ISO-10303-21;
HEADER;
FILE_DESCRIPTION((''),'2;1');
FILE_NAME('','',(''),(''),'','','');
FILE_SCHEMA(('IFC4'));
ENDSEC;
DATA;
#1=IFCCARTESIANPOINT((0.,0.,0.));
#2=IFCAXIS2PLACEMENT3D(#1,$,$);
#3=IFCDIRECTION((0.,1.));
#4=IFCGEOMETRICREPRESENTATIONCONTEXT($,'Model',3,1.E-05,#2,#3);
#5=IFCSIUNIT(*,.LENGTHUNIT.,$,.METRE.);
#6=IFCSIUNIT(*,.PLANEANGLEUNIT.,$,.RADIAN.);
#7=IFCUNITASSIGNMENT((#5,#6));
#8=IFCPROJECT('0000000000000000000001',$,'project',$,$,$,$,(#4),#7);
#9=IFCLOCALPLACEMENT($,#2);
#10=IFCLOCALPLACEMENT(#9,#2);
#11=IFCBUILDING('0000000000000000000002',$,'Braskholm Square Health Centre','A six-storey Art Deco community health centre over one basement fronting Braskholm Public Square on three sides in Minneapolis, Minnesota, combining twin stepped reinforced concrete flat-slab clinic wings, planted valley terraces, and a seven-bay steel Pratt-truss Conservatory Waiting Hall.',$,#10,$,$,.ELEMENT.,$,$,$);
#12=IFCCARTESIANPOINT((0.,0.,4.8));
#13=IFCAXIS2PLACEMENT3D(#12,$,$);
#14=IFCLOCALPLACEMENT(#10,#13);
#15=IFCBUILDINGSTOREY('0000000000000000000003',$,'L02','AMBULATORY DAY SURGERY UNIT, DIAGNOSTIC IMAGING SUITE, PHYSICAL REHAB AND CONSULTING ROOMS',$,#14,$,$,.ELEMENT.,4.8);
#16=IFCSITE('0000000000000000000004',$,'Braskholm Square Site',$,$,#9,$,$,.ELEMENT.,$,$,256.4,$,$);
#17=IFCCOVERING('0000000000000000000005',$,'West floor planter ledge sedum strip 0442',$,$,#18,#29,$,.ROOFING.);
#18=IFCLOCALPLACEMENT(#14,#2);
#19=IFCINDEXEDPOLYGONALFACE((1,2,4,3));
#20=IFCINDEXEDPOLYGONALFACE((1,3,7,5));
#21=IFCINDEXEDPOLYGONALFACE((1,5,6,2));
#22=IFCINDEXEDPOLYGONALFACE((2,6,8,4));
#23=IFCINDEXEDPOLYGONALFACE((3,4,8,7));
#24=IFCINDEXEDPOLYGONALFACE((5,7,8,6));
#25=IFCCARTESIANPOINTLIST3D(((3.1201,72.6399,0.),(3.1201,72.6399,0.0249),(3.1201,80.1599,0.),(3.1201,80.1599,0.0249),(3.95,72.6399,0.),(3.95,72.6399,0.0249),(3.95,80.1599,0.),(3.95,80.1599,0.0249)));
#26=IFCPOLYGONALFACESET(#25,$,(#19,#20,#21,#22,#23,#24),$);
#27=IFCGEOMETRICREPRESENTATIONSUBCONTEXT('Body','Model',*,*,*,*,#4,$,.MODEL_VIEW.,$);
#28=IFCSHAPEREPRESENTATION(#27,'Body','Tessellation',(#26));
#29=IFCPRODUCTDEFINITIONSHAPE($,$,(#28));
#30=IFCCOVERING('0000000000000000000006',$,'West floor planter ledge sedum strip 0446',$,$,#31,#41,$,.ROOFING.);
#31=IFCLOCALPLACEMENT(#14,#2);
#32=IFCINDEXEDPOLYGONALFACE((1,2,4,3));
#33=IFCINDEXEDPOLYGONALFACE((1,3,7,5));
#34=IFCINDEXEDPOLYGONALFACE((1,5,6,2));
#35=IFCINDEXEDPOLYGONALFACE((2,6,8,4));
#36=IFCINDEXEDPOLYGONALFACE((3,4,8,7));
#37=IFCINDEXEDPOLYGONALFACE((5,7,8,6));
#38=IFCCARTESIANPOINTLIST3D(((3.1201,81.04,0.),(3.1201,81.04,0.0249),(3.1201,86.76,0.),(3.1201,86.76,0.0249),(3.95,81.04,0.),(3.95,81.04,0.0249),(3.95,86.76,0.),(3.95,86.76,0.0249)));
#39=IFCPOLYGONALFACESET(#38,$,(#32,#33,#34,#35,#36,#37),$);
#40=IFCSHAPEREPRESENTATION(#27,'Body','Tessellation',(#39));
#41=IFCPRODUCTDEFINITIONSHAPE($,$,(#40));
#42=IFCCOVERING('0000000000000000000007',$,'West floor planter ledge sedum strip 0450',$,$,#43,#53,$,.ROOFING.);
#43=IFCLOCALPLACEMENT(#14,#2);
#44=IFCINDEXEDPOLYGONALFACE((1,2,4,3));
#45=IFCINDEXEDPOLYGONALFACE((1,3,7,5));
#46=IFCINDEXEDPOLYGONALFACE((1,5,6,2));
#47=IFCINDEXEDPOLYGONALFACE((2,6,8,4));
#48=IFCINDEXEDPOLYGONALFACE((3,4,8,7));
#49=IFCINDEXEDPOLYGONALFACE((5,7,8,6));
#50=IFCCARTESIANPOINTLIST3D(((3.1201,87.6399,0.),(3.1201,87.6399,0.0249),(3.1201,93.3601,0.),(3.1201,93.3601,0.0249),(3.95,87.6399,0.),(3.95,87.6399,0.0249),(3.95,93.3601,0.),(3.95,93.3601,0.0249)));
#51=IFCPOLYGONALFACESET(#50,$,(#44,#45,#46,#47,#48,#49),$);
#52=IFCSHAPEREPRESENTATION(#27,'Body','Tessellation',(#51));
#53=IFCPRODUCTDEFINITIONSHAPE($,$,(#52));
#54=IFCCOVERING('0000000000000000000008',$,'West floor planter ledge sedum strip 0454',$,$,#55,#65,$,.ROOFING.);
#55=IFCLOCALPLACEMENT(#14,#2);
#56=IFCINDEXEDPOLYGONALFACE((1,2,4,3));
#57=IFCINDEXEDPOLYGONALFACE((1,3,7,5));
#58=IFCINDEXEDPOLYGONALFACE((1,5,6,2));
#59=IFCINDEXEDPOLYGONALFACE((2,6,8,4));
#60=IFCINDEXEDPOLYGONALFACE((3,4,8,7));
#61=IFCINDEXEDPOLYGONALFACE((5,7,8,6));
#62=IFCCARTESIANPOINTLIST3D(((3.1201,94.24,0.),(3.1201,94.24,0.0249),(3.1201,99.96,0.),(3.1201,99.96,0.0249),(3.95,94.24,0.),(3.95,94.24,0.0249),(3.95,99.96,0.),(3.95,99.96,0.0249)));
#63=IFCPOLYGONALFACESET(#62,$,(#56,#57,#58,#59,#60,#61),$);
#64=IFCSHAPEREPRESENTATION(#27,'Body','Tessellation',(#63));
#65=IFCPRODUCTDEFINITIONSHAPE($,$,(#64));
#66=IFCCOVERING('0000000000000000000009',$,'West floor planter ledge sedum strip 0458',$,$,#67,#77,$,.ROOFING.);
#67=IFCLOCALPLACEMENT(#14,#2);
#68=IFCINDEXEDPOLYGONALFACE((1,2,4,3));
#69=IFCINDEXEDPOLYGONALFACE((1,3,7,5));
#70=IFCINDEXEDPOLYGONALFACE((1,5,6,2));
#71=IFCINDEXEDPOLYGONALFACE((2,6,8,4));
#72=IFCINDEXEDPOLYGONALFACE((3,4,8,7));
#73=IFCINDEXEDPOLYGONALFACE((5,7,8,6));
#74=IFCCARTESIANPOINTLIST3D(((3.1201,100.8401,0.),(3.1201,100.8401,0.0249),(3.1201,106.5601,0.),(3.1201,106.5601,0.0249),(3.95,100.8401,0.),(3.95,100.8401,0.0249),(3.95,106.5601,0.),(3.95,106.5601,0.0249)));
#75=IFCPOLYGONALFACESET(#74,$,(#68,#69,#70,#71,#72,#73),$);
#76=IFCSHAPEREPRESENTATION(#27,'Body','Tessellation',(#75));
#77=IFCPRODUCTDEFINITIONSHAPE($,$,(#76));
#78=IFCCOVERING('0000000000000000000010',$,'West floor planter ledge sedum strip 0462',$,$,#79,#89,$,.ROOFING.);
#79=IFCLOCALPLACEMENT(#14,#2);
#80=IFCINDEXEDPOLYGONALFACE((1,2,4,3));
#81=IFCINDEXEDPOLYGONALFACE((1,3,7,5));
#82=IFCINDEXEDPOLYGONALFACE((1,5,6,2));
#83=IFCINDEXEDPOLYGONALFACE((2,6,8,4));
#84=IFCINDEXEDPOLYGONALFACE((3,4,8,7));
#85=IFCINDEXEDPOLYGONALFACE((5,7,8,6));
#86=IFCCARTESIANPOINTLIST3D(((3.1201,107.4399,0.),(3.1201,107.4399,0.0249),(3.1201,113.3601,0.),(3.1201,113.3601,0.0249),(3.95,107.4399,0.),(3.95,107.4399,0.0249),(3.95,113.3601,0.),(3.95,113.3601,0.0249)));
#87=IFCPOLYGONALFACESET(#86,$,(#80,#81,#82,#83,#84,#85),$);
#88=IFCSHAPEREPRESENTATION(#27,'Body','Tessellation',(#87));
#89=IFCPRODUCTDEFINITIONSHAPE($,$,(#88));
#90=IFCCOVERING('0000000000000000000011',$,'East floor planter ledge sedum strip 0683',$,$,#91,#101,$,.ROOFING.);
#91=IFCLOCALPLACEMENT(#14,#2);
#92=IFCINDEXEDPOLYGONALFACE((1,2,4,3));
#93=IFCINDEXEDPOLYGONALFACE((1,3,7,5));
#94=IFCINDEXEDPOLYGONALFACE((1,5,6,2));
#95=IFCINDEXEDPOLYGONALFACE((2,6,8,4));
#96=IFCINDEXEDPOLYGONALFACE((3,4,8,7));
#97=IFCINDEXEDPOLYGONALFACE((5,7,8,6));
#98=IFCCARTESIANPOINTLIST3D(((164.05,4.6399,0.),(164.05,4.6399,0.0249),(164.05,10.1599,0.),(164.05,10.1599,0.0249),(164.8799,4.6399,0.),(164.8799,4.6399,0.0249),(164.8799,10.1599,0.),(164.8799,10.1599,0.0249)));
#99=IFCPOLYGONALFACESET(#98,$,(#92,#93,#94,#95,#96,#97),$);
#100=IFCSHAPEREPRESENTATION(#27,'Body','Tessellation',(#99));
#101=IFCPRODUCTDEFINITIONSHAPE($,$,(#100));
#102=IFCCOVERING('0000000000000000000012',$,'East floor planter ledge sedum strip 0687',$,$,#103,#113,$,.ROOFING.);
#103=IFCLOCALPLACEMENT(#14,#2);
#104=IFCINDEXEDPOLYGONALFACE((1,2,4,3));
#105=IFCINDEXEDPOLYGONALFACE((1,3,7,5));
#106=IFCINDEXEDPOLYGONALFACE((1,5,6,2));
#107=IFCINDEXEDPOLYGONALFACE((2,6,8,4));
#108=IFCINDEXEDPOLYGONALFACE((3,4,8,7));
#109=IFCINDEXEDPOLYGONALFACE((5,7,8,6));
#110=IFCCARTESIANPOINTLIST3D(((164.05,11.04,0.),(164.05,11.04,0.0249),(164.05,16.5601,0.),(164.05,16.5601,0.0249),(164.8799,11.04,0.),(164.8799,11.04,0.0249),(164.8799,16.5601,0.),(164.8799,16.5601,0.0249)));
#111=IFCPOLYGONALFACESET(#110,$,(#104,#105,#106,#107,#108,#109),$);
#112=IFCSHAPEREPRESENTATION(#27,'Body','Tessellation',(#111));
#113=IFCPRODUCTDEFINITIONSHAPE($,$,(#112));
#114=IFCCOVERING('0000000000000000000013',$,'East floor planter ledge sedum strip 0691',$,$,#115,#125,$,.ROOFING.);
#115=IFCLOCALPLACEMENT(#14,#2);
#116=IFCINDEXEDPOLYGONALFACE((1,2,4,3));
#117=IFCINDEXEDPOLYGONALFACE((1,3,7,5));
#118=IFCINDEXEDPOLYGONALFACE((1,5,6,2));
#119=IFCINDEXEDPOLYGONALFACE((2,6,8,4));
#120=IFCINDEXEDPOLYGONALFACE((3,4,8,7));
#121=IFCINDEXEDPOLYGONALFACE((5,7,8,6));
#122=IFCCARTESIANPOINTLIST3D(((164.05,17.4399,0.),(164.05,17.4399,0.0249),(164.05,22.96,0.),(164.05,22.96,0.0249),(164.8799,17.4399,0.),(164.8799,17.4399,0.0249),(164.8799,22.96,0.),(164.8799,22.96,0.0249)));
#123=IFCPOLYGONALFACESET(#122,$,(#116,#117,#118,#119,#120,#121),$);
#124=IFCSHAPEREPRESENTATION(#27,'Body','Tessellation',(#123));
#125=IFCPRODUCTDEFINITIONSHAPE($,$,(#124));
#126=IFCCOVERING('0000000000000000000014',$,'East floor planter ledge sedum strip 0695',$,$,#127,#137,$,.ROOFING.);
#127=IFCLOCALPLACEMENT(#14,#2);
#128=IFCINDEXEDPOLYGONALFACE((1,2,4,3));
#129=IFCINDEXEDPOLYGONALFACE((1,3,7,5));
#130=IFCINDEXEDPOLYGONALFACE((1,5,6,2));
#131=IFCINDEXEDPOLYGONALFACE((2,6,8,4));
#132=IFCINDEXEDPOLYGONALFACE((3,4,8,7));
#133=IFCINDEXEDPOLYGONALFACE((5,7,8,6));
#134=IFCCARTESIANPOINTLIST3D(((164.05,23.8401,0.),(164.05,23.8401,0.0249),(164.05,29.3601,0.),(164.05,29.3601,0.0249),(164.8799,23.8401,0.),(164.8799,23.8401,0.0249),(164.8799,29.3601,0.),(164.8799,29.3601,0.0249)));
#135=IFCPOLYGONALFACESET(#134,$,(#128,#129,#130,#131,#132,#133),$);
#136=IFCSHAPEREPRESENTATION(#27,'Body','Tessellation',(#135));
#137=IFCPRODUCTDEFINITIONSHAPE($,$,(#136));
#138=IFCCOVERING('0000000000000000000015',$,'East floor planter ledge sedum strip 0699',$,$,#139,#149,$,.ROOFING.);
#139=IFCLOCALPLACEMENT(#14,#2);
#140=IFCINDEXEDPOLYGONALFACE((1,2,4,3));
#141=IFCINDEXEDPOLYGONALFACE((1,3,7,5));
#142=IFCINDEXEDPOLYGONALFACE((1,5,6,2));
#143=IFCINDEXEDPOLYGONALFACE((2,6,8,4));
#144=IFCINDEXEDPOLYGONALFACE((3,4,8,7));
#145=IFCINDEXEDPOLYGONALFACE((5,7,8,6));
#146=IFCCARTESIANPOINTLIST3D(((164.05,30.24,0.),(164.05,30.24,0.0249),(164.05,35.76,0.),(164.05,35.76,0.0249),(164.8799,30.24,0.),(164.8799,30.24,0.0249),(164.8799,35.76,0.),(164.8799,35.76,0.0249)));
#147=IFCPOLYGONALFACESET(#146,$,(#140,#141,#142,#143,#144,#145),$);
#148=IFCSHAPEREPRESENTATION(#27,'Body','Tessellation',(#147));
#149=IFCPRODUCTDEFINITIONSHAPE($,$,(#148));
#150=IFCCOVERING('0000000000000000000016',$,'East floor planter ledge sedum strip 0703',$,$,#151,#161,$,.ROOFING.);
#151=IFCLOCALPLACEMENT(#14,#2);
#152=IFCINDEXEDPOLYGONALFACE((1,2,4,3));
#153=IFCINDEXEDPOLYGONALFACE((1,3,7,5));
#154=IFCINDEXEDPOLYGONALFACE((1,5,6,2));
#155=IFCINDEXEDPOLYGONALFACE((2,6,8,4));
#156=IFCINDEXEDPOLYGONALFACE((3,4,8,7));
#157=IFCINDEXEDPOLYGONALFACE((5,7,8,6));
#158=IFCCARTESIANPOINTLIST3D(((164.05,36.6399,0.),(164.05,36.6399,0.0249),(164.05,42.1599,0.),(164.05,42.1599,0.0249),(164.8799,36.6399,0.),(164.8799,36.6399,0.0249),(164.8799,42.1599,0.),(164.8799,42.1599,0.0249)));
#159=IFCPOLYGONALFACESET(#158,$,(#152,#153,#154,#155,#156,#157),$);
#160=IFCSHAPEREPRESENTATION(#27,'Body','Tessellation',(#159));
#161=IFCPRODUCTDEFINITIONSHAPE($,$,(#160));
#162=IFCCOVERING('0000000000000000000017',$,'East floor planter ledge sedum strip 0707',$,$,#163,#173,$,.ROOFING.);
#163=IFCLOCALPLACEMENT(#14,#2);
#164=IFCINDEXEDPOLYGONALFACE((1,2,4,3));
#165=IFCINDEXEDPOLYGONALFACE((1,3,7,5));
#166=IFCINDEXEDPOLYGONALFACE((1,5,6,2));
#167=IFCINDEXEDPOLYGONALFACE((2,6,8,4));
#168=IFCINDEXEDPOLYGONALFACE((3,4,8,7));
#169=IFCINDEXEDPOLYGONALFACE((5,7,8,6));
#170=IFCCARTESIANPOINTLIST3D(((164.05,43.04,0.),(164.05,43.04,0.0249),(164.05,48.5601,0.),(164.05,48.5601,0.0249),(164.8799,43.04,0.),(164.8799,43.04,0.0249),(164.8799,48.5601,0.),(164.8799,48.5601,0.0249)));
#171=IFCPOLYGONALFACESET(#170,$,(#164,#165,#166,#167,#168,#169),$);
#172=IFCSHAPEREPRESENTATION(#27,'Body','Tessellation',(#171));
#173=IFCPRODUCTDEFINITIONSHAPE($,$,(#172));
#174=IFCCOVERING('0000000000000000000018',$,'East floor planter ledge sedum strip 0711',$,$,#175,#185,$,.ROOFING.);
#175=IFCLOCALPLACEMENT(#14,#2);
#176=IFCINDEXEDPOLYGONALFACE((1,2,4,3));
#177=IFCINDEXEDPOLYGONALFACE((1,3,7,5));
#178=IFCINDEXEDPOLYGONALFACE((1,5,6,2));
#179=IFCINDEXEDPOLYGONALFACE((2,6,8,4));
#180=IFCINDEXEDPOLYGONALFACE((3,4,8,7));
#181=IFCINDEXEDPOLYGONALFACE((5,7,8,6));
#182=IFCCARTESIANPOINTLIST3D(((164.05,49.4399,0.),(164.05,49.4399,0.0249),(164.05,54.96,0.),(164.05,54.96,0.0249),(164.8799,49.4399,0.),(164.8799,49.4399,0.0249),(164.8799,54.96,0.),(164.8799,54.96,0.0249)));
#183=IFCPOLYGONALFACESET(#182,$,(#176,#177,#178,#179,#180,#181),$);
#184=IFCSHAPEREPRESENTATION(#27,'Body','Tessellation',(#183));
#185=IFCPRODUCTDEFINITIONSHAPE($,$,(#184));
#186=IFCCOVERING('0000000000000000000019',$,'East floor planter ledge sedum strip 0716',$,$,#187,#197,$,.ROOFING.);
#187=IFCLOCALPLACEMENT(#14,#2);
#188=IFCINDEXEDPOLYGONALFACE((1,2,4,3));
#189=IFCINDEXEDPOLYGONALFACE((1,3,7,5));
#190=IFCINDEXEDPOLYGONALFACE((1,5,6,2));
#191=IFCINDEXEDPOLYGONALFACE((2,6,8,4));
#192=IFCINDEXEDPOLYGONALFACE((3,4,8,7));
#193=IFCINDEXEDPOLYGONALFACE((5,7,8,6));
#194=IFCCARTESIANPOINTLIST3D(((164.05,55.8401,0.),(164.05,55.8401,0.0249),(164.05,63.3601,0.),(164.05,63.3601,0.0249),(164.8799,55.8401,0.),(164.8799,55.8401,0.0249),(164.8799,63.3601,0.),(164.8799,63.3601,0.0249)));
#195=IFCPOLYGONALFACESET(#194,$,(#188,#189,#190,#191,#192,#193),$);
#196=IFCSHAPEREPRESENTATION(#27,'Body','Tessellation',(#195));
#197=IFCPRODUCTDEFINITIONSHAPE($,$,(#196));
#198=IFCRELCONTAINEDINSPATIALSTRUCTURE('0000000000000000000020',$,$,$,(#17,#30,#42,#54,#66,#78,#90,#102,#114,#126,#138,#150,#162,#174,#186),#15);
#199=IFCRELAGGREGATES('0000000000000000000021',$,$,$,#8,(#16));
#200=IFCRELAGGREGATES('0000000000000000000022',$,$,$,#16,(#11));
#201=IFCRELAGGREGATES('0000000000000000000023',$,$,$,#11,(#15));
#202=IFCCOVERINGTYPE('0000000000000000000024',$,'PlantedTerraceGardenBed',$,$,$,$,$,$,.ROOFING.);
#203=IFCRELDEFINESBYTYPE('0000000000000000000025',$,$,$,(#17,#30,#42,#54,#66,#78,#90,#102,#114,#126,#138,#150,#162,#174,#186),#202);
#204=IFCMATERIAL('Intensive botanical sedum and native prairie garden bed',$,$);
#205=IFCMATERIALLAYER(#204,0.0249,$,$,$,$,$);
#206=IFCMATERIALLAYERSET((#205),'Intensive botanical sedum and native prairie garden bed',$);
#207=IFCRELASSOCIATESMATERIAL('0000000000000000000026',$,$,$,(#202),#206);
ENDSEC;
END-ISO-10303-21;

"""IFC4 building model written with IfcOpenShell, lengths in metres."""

from ifc_helpers import new_model, si_unit, direction, frame, origin, place, context, subcontext, project, spatial, polyline, outline, extrude, material, layer, layer_set, type_object, element, save


model = new_model("IFC4")

# Units and contexts
model_context = context("Model", 3, precision=1e-05, world=origin(), true_north=direction((0.0, 1.0)))
body_context = subcontext(model_context, "Body", "Model", "MODEL_VIEW")
ifc_project = project(units=[si_unit("LENGTHUNIT", "METRE"), si_unit("PLANEANGLEUNIT", "RADIAN")], contexts=[model_context])

# Site, building, storey
site_placement = place(None, origin())
site = spatial("IfcSite", under=ifc_project, at=site_placement, Name="Braskholm Square Site", CompositionType="ELEMENT", RefElevation=256.4)
building_placement = place(site_placement, origin())
building = spatial("IfcBuilding", under=site, at=building_placement, Name="Braskholm Square Health Centre", Description="A six-storey Art Deco community health centre over one basement fronting Braskholm Public Square on three sides in Minneapolis, Minnesota, combining twin stepped reinforced concrete flat-slab clinic wings, planted valley terraces, and a seven-bay steel Pratt-truss Conservatory Waiting Hall.", CompositionType="ELEMENT")
storey_placement = place(building_placement, frame((0.0, 0.0, 4.8)))
storey = spatial("IfcBuildingStorey", under=building, at=storey_placement, Name="L02", Description="AMBULATORY DAY SURGERY UNIT, DIAGNOSTIC IMAGING SUITE, PHYSICAL REHAB AND CONSULTING ROOMS", CompositionType="ELEMENT", Elevation=4.8)

# Coverings
ifc_material_1 = material(Name="Intensive botanical sedum and native prairie garden bed")
ifc_layer_1 = layer(ifc_material_1, 0.0249)
ifc_layer_set_1 = layer_set([ifc_layer_1], Name="Intensive botanical sedum and native prairie garden bed")
covering_type_1 = type_object("IfcCoveringType", Name="PlantedTerraceGardenBed", PredefinedType="ROOFING", material=ifc_layer_set_1)
covering_1_placement = place(storey_placement, origin())
element("IfcCovering", 1, at=covering_1_placement, inside=storey, type_object=covering_type_1, Name="West floor planter ledge sedum strip 0442", PredefinedType="ROOFING", context=body_context, shape_type="SweptSolid", body=[
    extrude(outline(polyline([(3.1201, 72.6399), (3.95, 72.6399), (3.95, 80.1599), (3.1201, 80.1599), (3.1201, 72.6399)])), origin(), (0.0, 0.0, 1.0), 0.0249),
])
covering_2_placement = place(storey_placement, origin())
element("IfcCovering", 2, at=covering_2_placement, inside=storey, type_object=covering_type_1, Name="West floor planter ledge sedum strip 0446", PredefinedType="ROOFING", context=body_context, shape_type="SweptSolid", body=[
    extrude(outline(polyline([(3.1201, 81.04), (3.95, 81.04), (3.95, 86.76), (3.1201, 86.76), (3.1201, 81.04)])), origin(), (0.0, 0.0, 1.0), 0.0249),
])
covering_3_placement = place(storey_placement, origin())
element("IfcCovering", 3, at=covering_3_placement, inside=storey, type_object=covering_type_1, Name="West floor planter ledge sedum strip 0450", PredefinedType="ROOFING", context=body_context, shape_type="SweptSolid", body=[
    extrude(outline(polyline([(3.1201, 87.6399), (3.95, 87.6399), (3.95, 93.3601), (3.1201, 93.3601), (3.1201, 87.6399)])), origin(), (0.0, 0.0, 1.0), 0.0249),
])
covering_4_placement = place(storey_placement, origin())
element("IfcCovering", 4, at=covering_4_placement, inside=storey, type_object=covering_type_1, Name="West floor planter ledge sedum strip 0454", PredefinedType="ROOFING", context=body_context, shape_type="SweptSolid", body=[
    extrude(outline(polyline([(3.1201, 94.24), (3.95, 94.24), (3.95, 99.96), (3.1201, 99.96), (3.1201, 94.24)])), origin(), (0.0, 0.0, 1.0), 0.0249),
])
covering_5_placement = place(storey_placement, origin())
element("IfcCovering", 5, at=covering_5_placement, inside=storey, type_object=covering_type_1, Name="West floor planter ledge sedum strip 0458", PredefinedType="ROOFING", context=body_context, shape_type="SweptSolid", body=[
    extrude(outline(polyline([(3.1201, 100.8401), (3.95, 100.8401), (3.95, 106.5601), (3.1201, 106.5601), (3.1201, 100.8401)])), origin(), (0.0, 0.0, 1.0), 0.0249),
])
covering_6_placement = place(storey_placement, origin())
element("IfcCovering", 6, at=covering_6_placement, inside=storey, type_object=covering_type_1, Name="West floor planter ledge sedum strip 0462", PredefinedType="ROOFING", context=body_context, shape_type="SweptSolid", body=[
    extrude(outline(polyline([(3.1201, 107.4399), (3.95, 107.4399), (3.95, 113.3601), (3.1201, 113.3601), (3.1201, 107.4399)])), origin(), (0.0, 0.0, 1.0), 0.0249),
])
covering_7_placement = place(storey_placement, origin())
element("IfcCovering", 7, at=covering_7_placement, inside=storey, type_object=covering_type_1, Name="East floor planter ledge sedum strip 0683", PredefinedType="ROOFING", context=body_context, shape_type="SweptSolid", body=[
    extrude(outline(polyline([(164.05, 4.6399), (164.8799, 4.6399), (164.8799, 10.1599), (164.05, 10.1599), (164.05, 4.6399)])), origin(), (0.0, 0.0, 1.0), 0.0249),
])
covering_8_placement = place(storey_placement, origin())
element("IfcCovering", 8, at=covering_8_placement, inside=storey, type_object=covering_type_1, Name="East floor planter ledge sedum strip 0687", PredefinedType="ROOFING", context=body_context, shape_type="SweptSolid", body=[
    extrude(outline(polyline([(164.05, 11.04), (164.8799, 11.04), (164.8799, 16.5601), (164.05, 16.5601), (164.05, 11.04)])), origin(), (0.0, 0.0, 1.0), 0.0249),
])
covering_9_placement = place(storey_placement, origin())
element("IfcCovering", 9, at=covering_9_placement, inside=storey, type_object=covering_type_1, Name="East floor planter ledge sedum strip 0691", PredefinedType="ROOFING", context=body_context, shape_type="SweptSolid", body=[
    extrude(outline(polyline([(164.05, 17.4399), (164.8799, 17.4399), (164.8799, 22.96), (164.05, 22.96), (164.05, 17.4399)])), origin(), (0.0, 0.0, 1.0), 0.0249),
])
covering_10_placement = place(storey_placement, origin())
element("IfcCovering", 10, at=covering_10_placement, inside=storey, type_object=covering_type_1, Name="East floor planter ledge sedum strip 0695", PredefinedType="ROOFING", context=body_context, shape_type="SweptSolid", body=[
    extrude(outline(polyline([(164.05, 23.8401), (164.8799, 23.8401), (164.8799, 29.3601), (164.05, 29.3601), (164.05, 23.8401)])), origin(), (0.0, 0.0, 1.0), 0.0249),
])
covering_11_placement = place(storey_placement, origin())
element("IfcCovering", 11, at=covering_11_placement, inside=storey, type_object=covering_type_1, Name="East floor planter ledge sedum strip 0699", PredefinedType="ROOFING", context=body_context, shape_type="SweptSolid", body=[
    extrude(outline(polyline([(164.05, 30.24), (164.8799, 30.24), (164.8799, 35.76), (164.05, 35.76), (164.05, 30.24)])), origin(), (0.0, 0.0, 1.0), 0.0249),
])
covering_12_placement = place(storey_placement, origin())
element("IfcCovering", 12, at=covering_12_placement, inside=storey, type_object=covering_type_1, Name="East floor planter ledge sedum strip 0703", PredefinedType="ROOFING", context=body_context, shape_type="SweptSolid", body=[
    extrude(outline(polyline([(164.05, 36.6399), (164.8799, 36.6399), (164.8799, 42.1599), (164.05, 42.1599), (164.05, 36.6399)])), origin(), (0.0, 0.0, 1.0), 0.0249),
])
covering_13_placement = place(storey_placement, origin())
element("IfcCovering", 13, at=covering_13_placement, inside=storey, type_object=covering_type_1, Name="East floor planter ledge sedum strip 0707", PredefinedType="ROOFING", context=body_context, shape_type="SweptSolid", body=[
    extrude(outline(polyline([(164.05, 43.04), (164.8799, 43.04), (164.8799, 48.5601), (164.05, 48.5601), (164.05, 43.04)])), origin(), (0.0, 0.0, 1.0), 0.0249),
])
covering_14_placement = place(storey_placement, origin())
element("IfcCovering", 14, at=covering_14_placement, inside=storey, type_object=covering_type_1, Name="East floor planter ledge sedum strip 0711", PredefinedType="ROOFING", context=body_context, shape_type="SweptSolid", body=[
    extrude(outline(polyline([(164.05, 49.4399), (164.8799, 49.4399), (164.8799, 54.96), (164.05, 54.96), (164.05, 49.4399)])), origin(), (0.0, 0.0, 1.0), 0.0249),
])
covering_15_placement = place(storey_placement, origin())
element("IfcCovering", 15, at=covering_15_placement, inside=storey, type_object=covering_type_1, Name="East floor planter ledge sedum strip 0716", PredefinedType="ROOFING", context=body_context, shape_type="SweptSolid", body=[
    extrude(outline(polyline([(164.05, 55.8401), (164.8799, 55.8401), (164.8799, 63.3601), (164.05, 63.3601), (164.05, 55.8401)])), origin(), (0.0, 0.0, 1.0), 0.0249),
])

save(model, "model.ifc")
